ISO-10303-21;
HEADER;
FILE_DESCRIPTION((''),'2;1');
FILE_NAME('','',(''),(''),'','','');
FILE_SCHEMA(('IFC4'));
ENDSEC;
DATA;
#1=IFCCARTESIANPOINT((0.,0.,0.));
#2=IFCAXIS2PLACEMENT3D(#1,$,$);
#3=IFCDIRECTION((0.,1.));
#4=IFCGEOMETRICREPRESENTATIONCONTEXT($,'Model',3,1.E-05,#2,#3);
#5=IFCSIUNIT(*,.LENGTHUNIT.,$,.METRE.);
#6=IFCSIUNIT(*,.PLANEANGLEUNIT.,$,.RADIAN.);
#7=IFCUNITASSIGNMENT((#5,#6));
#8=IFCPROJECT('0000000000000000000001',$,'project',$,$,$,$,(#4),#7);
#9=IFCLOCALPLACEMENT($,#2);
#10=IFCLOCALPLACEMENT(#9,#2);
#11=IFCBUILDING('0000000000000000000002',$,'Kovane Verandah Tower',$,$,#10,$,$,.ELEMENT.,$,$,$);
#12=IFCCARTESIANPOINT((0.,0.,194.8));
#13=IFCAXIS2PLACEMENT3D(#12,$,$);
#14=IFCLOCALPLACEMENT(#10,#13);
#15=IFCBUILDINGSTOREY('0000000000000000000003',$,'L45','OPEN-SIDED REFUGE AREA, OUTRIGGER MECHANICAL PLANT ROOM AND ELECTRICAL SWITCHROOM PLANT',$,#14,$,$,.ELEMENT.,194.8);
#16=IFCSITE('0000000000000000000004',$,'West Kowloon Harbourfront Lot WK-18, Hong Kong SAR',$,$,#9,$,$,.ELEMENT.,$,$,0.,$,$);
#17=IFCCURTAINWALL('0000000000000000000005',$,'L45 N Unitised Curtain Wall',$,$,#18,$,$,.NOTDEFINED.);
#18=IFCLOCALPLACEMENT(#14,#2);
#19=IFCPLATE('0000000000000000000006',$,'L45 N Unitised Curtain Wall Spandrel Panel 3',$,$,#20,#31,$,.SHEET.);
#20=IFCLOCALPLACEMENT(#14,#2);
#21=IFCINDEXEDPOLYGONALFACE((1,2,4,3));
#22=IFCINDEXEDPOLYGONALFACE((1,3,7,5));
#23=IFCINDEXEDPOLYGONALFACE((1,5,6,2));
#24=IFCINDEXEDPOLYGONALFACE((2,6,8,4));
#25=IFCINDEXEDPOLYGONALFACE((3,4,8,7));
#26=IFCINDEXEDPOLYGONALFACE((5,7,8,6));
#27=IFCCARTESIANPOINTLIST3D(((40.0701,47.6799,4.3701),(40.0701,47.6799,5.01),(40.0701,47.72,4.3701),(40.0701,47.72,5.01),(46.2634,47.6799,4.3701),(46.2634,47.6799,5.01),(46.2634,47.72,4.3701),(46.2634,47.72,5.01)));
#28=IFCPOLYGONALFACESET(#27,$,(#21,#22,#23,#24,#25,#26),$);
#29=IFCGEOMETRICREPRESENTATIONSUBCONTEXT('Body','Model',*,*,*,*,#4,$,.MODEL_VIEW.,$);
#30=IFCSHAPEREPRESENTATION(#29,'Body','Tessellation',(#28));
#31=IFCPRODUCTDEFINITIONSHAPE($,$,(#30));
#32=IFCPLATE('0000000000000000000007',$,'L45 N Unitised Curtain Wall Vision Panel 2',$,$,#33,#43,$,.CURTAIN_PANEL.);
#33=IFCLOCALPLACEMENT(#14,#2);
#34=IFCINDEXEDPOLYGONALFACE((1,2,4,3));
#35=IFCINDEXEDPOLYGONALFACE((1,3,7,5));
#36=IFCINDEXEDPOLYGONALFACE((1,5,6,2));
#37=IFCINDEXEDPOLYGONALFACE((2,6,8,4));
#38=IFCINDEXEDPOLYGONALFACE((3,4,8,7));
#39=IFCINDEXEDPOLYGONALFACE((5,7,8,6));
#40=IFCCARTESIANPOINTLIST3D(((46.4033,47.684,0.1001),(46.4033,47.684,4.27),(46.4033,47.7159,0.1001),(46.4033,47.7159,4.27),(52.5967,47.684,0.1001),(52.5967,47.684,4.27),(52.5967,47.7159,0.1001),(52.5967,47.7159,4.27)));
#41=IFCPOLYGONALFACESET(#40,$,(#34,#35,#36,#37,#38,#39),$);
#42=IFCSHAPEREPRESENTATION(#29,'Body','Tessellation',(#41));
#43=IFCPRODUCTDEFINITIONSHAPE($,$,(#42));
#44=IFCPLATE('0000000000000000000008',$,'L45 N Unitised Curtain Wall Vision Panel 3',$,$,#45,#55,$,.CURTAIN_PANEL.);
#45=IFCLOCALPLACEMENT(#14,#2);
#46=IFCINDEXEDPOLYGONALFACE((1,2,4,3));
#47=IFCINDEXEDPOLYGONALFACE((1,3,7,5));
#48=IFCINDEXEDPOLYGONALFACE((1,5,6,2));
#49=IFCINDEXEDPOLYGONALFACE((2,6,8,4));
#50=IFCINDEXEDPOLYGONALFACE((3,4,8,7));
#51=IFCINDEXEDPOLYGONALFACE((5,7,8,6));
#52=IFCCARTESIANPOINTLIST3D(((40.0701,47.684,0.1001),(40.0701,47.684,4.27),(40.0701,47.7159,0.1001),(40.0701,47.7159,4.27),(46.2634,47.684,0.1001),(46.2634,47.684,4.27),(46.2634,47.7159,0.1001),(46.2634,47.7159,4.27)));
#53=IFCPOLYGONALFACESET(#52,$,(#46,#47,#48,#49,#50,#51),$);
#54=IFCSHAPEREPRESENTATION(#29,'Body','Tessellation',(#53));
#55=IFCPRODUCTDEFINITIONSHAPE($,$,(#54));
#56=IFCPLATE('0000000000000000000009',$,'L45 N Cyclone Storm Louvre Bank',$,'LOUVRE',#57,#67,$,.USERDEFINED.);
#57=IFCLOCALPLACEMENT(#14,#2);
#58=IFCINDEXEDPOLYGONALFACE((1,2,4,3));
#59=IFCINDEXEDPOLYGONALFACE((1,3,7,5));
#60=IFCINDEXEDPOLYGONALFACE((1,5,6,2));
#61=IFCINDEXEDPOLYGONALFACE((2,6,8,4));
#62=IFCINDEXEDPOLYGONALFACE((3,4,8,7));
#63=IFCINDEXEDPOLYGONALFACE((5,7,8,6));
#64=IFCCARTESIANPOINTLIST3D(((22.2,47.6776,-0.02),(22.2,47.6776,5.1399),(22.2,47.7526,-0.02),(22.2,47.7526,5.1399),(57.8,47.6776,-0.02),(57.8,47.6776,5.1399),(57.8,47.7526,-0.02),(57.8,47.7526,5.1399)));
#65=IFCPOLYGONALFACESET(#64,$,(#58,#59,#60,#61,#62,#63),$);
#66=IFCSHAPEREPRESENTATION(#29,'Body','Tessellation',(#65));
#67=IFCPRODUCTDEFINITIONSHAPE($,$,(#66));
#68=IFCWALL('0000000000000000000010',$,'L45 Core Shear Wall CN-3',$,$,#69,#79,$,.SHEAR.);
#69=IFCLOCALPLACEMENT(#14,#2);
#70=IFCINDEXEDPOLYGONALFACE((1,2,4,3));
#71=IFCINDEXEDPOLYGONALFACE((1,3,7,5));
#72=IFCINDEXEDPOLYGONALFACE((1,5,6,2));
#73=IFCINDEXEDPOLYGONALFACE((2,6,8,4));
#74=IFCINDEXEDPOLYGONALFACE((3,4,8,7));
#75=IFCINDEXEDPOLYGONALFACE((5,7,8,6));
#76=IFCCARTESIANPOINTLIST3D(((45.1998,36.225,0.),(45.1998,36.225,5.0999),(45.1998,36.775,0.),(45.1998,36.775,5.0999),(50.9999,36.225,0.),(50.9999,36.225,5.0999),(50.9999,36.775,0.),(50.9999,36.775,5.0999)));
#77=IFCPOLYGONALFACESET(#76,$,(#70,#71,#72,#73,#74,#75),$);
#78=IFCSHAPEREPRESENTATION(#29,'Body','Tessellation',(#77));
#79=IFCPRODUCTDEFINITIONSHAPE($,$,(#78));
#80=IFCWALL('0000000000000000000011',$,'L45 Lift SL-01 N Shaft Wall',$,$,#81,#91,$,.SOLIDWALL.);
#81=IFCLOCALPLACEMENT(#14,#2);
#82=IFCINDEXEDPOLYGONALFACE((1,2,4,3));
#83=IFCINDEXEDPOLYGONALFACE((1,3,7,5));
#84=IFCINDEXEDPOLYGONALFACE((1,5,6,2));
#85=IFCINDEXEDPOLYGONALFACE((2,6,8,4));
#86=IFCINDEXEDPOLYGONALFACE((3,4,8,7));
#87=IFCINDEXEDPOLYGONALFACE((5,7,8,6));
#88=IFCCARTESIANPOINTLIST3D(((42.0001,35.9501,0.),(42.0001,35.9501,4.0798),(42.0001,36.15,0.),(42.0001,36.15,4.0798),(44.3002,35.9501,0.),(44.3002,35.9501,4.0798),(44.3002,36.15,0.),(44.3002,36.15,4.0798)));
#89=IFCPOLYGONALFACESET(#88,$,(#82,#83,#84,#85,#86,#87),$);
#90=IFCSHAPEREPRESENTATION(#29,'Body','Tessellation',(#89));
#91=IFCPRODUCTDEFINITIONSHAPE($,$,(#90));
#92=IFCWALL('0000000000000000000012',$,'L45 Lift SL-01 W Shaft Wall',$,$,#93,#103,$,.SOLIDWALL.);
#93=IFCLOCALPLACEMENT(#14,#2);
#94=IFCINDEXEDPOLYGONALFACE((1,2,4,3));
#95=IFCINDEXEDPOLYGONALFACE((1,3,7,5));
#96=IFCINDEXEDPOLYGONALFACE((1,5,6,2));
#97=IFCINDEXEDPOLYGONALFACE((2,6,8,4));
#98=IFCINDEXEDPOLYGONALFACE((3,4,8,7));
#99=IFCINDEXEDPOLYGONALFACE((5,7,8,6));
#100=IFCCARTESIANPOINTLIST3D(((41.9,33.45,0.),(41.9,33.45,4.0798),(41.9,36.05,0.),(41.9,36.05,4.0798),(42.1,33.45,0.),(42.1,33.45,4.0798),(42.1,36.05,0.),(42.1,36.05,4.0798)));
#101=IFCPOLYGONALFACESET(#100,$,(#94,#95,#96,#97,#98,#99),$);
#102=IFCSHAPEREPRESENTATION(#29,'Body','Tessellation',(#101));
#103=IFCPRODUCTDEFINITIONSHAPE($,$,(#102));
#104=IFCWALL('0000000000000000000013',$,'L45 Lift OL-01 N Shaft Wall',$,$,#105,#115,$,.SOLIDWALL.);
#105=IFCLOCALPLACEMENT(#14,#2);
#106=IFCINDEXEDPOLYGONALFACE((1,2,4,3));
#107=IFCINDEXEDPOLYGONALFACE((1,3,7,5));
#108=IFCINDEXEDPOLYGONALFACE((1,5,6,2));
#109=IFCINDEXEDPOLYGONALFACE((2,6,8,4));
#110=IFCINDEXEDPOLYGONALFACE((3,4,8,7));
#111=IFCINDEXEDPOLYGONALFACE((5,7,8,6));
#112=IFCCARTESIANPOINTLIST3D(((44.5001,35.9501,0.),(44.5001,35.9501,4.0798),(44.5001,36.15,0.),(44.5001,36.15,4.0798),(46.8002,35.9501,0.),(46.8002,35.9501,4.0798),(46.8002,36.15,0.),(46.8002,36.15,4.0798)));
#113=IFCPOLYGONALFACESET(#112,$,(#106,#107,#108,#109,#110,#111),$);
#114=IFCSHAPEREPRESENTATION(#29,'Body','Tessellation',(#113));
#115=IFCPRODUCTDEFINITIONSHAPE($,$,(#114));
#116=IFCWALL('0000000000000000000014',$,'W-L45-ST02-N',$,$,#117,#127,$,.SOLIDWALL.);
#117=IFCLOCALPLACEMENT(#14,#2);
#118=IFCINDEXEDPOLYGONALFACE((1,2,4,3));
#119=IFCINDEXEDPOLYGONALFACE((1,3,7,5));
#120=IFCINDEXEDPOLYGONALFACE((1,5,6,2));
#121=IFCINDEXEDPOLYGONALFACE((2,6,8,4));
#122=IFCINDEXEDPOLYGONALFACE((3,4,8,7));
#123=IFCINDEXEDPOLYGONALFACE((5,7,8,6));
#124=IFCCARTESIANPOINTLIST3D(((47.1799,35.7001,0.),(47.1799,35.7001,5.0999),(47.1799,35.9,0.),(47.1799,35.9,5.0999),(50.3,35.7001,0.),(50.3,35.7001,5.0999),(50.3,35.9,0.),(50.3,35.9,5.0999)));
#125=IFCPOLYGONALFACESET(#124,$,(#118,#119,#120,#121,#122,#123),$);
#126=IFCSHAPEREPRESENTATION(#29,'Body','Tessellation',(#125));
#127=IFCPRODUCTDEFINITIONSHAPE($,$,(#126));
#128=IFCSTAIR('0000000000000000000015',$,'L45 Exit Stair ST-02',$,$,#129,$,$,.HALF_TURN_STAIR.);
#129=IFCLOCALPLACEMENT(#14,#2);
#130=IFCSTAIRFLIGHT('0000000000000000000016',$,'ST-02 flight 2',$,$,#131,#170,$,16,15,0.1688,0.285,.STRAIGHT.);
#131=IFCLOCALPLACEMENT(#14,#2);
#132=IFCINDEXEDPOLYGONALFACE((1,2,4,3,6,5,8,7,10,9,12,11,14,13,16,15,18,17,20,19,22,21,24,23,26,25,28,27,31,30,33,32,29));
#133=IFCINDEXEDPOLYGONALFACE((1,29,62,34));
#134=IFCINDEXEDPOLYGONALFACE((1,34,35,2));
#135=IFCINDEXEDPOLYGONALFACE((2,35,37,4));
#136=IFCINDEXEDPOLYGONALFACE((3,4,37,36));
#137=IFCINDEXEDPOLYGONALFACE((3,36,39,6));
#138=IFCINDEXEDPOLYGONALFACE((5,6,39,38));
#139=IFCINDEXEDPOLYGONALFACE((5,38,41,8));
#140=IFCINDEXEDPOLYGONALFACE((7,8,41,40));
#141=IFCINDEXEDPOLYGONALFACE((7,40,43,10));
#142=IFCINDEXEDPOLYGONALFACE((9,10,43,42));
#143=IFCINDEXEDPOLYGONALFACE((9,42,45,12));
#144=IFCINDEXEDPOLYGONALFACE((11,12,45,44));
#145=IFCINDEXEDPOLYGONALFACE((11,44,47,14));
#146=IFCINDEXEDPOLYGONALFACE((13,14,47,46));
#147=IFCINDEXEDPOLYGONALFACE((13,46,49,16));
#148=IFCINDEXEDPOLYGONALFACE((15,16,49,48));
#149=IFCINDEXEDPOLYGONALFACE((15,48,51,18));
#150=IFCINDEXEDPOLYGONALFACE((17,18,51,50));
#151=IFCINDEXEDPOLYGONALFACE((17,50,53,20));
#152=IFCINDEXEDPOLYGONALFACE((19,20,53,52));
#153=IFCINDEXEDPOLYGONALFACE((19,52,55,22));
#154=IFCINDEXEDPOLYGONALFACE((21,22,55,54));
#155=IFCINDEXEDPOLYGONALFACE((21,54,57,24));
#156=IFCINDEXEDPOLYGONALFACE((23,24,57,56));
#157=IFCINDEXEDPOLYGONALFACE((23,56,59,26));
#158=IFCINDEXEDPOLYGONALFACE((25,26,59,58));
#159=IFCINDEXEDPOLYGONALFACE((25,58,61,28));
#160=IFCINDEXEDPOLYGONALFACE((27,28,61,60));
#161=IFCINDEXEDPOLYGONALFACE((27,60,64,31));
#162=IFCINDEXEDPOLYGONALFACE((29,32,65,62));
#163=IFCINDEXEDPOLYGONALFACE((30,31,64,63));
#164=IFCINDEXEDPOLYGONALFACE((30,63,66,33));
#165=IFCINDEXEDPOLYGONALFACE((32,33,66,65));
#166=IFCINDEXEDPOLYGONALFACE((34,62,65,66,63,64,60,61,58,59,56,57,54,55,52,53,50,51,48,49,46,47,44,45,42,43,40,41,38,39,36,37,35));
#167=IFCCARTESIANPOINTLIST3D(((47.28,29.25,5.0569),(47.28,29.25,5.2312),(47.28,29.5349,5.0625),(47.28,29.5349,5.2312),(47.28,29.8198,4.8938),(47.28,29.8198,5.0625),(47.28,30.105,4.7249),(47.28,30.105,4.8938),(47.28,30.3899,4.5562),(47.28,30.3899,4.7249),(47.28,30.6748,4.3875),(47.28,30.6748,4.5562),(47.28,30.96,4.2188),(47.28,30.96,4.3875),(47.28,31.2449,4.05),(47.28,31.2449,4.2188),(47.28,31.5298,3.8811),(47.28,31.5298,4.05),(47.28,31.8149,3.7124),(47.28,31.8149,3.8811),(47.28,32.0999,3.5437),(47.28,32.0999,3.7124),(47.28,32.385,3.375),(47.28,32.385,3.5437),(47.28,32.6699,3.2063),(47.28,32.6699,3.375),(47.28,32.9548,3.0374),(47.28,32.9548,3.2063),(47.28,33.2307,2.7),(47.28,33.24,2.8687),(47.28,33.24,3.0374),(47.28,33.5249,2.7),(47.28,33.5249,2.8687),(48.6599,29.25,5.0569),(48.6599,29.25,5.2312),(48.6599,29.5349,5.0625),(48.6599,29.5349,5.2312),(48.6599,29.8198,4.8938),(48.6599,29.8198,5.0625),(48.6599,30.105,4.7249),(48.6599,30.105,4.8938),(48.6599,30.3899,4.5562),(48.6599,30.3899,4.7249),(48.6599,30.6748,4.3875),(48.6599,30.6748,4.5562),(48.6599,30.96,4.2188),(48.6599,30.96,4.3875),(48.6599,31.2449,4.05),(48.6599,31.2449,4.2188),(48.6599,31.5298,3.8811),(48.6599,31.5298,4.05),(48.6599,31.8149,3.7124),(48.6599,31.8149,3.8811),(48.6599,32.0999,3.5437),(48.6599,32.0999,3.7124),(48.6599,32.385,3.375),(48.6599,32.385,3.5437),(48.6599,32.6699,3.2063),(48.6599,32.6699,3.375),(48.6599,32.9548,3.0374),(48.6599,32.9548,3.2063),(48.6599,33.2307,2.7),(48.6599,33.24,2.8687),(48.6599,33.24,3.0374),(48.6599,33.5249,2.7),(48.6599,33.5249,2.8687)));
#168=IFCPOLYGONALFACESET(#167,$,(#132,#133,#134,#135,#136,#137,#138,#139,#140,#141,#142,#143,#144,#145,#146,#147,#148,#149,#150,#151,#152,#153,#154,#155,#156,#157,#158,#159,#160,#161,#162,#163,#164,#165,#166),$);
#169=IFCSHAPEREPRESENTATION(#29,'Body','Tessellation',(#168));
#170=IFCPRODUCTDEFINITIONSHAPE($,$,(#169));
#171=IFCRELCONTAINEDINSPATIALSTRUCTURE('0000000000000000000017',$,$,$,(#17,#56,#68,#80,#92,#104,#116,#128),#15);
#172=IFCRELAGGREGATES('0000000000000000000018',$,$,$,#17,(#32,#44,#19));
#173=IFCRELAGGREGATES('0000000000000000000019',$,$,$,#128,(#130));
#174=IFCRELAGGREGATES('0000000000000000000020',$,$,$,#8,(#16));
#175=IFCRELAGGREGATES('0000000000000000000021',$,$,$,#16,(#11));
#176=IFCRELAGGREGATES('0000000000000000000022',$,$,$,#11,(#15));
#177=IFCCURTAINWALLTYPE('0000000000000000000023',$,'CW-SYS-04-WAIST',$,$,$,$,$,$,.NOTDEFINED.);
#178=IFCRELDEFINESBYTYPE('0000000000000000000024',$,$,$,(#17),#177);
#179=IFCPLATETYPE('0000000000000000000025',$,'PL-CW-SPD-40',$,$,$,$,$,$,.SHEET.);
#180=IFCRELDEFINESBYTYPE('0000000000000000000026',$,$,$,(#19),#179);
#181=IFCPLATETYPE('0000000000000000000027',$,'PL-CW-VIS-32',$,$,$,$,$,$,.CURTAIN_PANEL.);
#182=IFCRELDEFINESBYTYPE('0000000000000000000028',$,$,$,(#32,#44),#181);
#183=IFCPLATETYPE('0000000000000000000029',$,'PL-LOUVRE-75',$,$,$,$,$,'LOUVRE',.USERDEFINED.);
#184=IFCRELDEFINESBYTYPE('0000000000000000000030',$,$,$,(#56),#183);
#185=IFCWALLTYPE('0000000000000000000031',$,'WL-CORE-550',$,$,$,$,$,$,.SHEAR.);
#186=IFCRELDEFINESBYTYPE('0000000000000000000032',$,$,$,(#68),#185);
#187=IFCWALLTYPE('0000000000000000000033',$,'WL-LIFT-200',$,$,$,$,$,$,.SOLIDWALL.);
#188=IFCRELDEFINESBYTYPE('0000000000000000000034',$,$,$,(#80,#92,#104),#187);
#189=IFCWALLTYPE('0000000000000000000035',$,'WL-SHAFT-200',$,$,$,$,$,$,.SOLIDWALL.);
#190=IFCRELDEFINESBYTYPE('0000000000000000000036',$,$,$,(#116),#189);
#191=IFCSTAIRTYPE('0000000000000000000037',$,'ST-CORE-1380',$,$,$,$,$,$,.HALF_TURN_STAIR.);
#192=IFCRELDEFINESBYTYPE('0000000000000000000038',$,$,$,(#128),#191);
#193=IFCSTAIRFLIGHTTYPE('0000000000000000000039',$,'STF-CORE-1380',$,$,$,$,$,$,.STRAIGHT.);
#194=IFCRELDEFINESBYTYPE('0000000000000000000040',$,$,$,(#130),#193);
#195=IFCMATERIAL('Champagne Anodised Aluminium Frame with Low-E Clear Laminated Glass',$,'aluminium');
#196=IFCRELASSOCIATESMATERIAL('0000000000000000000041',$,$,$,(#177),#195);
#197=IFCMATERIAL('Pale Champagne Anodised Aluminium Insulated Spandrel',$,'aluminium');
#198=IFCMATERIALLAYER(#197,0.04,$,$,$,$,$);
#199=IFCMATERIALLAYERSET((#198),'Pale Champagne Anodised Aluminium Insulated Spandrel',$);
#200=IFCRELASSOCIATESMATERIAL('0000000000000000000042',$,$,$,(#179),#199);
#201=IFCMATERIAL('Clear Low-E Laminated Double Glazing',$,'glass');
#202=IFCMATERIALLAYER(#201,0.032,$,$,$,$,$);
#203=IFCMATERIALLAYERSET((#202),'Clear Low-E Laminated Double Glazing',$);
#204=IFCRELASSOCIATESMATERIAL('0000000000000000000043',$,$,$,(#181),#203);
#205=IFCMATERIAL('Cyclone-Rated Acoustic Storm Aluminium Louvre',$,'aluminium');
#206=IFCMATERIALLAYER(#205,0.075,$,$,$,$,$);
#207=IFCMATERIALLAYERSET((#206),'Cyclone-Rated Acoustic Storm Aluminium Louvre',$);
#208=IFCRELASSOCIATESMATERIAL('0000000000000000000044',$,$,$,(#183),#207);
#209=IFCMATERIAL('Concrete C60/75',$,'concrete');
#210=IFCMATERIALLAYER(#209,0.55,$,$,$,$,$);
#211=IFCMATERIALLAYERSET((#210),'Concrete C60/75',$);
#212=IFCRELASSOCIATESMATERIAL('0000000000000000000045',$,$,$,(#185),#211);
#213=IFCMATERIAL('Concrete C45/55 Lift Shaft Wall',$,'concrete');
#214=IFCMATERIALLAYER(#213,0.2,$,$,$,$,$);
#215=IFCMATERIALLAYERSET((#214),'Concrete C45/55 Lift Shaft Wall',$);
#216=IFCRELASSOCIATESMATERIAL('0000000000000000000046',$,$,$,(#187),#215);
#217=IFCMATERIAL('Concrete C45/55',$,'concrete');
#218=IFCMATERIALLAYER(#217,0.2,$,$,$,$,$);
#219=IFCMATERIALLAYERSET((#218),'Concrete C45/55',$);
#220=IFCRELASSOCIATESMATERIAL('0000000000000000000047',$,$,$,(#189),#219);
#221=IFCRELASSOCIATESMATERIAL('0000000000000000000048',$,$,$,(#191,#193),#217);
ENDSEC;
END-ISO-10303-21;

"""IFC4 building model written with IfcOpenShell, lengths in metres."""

from ifc_helpers import new_model, si_unit, direction, frame, frame_2d, origin, origin_2d, place, context, subcontext, project, spatial, polyline, rectangle, outline, extrude, material, layer, layer_set, type_object, element, aggregate, save


model = new_model("IFC4")

# Units and contexts
model_context = context("Model", 3, precision=1e-05, world=origin(), true_north=direction((0.0, 1.0)))
body_context = subcontext(model_context, "Body", "Model", "MODEL_VIEW")
ifc_project = project(units=[si_unit("LENGTHUNIT", "METRE"), si_unit("PLANEANGLEUNIT", "RADIAN")], contexts=[model_context])

# Site, building, storey
site_placement = place(None, origin())
site = spatial("IfcSite", under=ifc_project, at=site_placement, Name="West Kowloon Harbourfront Lot WK-18, Hong Kong SAR", CompositionType="ELEMENT", RefElevation=0.0)
building_placement = place(site_placement, origin())
building = spatial("IfcBuilding", under=site, at=building_placement, Name="Kovane Verandah Tower", CompositionType="ELEMENT")
storey_placement = place(building_placement, frame((0.0, 0.0, 194.8)))
storey = spatial("IfcBuildingStorey", under=building, at=storey_placement, Name="L45", Description="OPEN-SIDED REFUGE AREA, OUTRIGGER MECHANICAL PLANT ROOM AND ELECTRICAL SWITCHROOM PLANT", CompositionType="ELEMENT", Elevation=194.8)

# Shared definitions
ifc_material_1 = material(Name="Concrete C60/75", Category="concrete")

# Curtain wall, plates
ifc_material_2 = material(Name="Champagne Anodised Aluminium Frame with Low-E Clear Laminated Glass", Category="aluminium")
curtain_wall_type = type_object("IfcCurtainWallType", Name="CW-SYS-04-WAIST", PredefinedType="NOTDEFINED", material=ifc_material_2)
curtain_wall_placement = place(storey_placement, origin())
curtain_wall = element("IfcCurtainWall", 1, at=curtain_wall_placement, inside=storey, type_object=curtain_wall_type, Name="L45 N Unitised Curtain Wall", PredefinedType="NOTDEFINED")
ifc_material_3 = material(Name="Pale Champagne Anodised Aluminium Insulated Spandrel", Category="aluminium")
ifc_layer_1 = layer(ifc_material_3, 0.04)
ifc_layer_set_1 = layer_set([ifc_layer_1], Name="Pale Champagne Anodised Aluminium Insulated Spandrel")
plate_type_1 = type_object("IfcPlateType", Name="PL-CW-SPD-40", PredefinedType="SHEET", material=ifc_layer_set_1)
plate_1_placement = place(storey_placement, frame((43.1667, 47.7, 4.3701), z_axis=(0.0, 0.0, 1.0), x_axis=(-1.0, 0.0, 0.0)))
plate_1 = element("IfcPlate", 2, at=plate_1_placement, type_object=plate_type_1, Name="L45 N Unitised Curtain Wall Spandrel Panel 3", PredefinedType="SHEET", context=body_context, shape_type="SweptSolid", body=[
    extrude(rectangle(XDim=6.1934, YDim=0.04, at=origin_2d()), origin(), (0.0, 0.0, 1.0), 0.6399),
])
ifc_material_4 = material(Name="Clear Low-E Laminated Double Glazing", Category="glass")
ifc_layer_2 = layer(ifc_material_4, 0.032)
ifc_layer_set_2 = layer_set([ifc_layer_2], Name="Clear Low-E Laminated Double Glazing")
plate_type_2 = type_object("IfcPlateType", Name="PL-CW-VIS-32", PredefinedType="CURTAIN_PANEL", material=ifc_layer_set_2)
plate_2_placement = place(storey_placement, frame((49.5, 47.7, 0.1001), z_axis=(0.0, 0.0, 1.0), x_axis=(-1.0, 0.0, 0.0)))
plate_2 = element("IfcPlate", 3, at=plate_2_placement, type_object=plate_type_2, Name="L45 N Unitised Curtain Wall Vision Panel 2", PredefinedType="CURTAIN_PANEL", context=body_context, shape_type="SweptSolid", body=[
    extrude(rectangle(XDim=6.1934, YDim=0.032, at=origin_2d()), origin(), (0.0, 0.0, 1.0), 4.1699),
])
plate_3_placement = place(storey_placement, frame((43.1667, 47.7, 0.1001), z_axis=(0.0, 0.0, 1.0), x_axis=(-1.0, 0.0, 0.0)))
plate_3 = element("IfcPlate", 4, at=plate_3_placement, type_object=plate_type_2, Name="L45 N Unitised Curtain Wall Vision Panel 3", PredefinedType="CURTAIN_PANEL", context=body_context, shape_type="SweptSolid", body=[
    extrude(rectangle(XDim=6.1934, YDim=0.032, at=origin_2d()), origin(), (0.0, 0.0, 1.0), 4.1699),
])
aggregate(curtain_wall, [plate_2, plate_3, plate_1])

# Plate
ifc_material_5 = material(Name="Cyclone-Rated Acoustic Storm Aluminium Louvre", Category="aluminium")
ifc_layer_3 = layer(ifc_material_5, 0.075)
ifc_layer_set_3 = layer_set([ifc_layer_3], Name="Cyclone-Rated Acoustic Storm Aluminium Louvre")
plate_type_3 = type_object("IfcPlateType", Name="PL-LOUVRE-75", ElementType="LOUVRE", PredefinedType="USERDEFINED", material=ifc_layer_set_3)
plate_4_placement = place(storey_placement, frame((40.0, 47.7151, -0.02), z_axis=(0.0, 0.0, 1.0), x_axis=(-1.0, 0.0, 0.0)))
element("IfcPlate", 5, at=plate_4_placement, inside=storey, type_object=plate_type_3, Name="L45 N Cyclone Storm Louvre Bank", ObjectType="LOUVRE", PredefinedType="USERDEFINED", context=body_context, shape_type="SweptSolid", body=[
    extrude(rectangle(XDim=35.6001, YDim=0.075, at=origin_2d()), origin(), (0.0, 0.0, 1.0), 5.1599),
])

# Walls
ifc_layer_4 = layer(ifc_material_1, 0.55)
ifc_layer_set_4 = layer_set([ifc_layer_4], Name="Concrete C60/75")
wall_type_1 = type_object("IfcWallType", Name="WL-CORE-550", PredefinedType="SHEAR", material=ifc_layer_set_4)
wall_1_placement = place(storey_placement, frame((45.2, 36.5, 0.0), z_axis=(0.0, 0.0, 1.0), x_axis=(1.0, 0.0, 0.0)))
element("IfcWall", 6, at=wall_1_placement, inside=storey, type_object=wall_type_1, Name="L45 Core Shear Wall CN-3", PredefinedType="SHEAR", context=body_context, shape_type="SweptSolid", body=[
    extrude(rectangle(XDim=5.8, YDim=0.55, at=frame_2d((2.8999, 0.0))), origin(), (0.0, 0.0, 1.0), 5.0999),
])
ifc_material_6 = material(Name="Concrete C45/55 Lift Shaft Wall", Category="concrete")
ifc_layer_5 = layer(ifc_material_6, 0.2)
ifc_layer_set_5 = layer_set([ifc_layer_5], Name="Concrete C45/55 Lift Shaft Wall")
wall_type_2 = type_object("IfcWallType", Name="WL-LIFT-200", PredefinedType="SOLIDWALL", material=ifc_layer_set_5)
wall_2_placement = place(storey_placement, frame((44.3, 36.05, 0.0), z_axis=(0.0, 0.0, 1.0), x_axis=(-1.0, 0.0, 0.0)))
element("IfcWall", 7, at=wall_2_placement, inside=storey, type_object=wall_type_2, Name="L45 Lift SL-01 N Shaft Wall", PredefinedType="SOLIDWALL", context=body_context, shape_type="SweptSolid", body=[
    extrude(rectangle(XDim=2.3, YDim=0.2, at=frame_2d((1.1499, 0.0))), origin(), (0.0, 0.0, 1.0), 4.0798),
])
wall_3_placement = place(storey_placement, frame((42.0, 36.05, 0.0), z_axis=(0.0, 0.0, 1.0), x_axis=(0.0, -1.0, 0.0)))
element("IfcWall", 8, at=wall_3_placement, inside=storey, type_object=wall_type_2, Name="L45 Lift SL-01 W Shaft Wall", PredefinedType="SOLIDWALL", context=body_context, shape_type="SweptSolid", body=[
    extrude(rectangle(XDim=2.6001, YDim=0.2, at=frame_2d((1.3, 0.0))), origin(), (0.0, 0.0, 1.0), 4.0798),
])
wall_4_placement = place(storey_placement, frame((46.8, 36.05, 0.0), z_axis=(0.0, 0.0, 1.0), x_axis=(-1.0, 0.0, 0.0)))
element("IfcWall", 9, at=wall_4_placement, inside=storey, type_object=wall_type_2, Name="L45 Lift OL-01 N Shaft Wall", PredefinedType="SOLIDWALL", context=body_context, shape_type="SweptSolid", body=[
    extrude(rectangle(XDim=2.3, YDim=0.2, at=frame_2d((1.1499, 0.0))), origin(), (0.0, 0.0, 1.0), 4.0798),
])
ifc_material_7 = material(Name="Concrete C45/55", Category="concrete")
ifc_layer_6 = layer(ifc_material_7, 0.2)
ifc_layer_set_6 = layer_set([ifc_layer_6], Name="Concrete C45/55")
wall_type_3 = type_object("IfcWallType", Name="WL-SHAFT-200", PredefinedType="SOLIDWALL", material=ifc_layer_set_6)
wall_5_placement = place(storey_placement, frame((47.1799, 35.8, 0.0), z_axis=(0.0, 0.0, 1.0), x_axis=(1.0, 0.0, 0.0)))
element("IfcWall", 10, at=wall_5_placement, inside=storey, type_object=wall_type_3, Name="W-L45-ST02-N", PredefinedType="SOLIDWALL", context=body_context, shape_type="SweptSolid", body=[
    extrude(rectangle(XDim=3.1201, YDim=0.2, at=frame_2d((1.5601, 0.0))), origin(), (0.0, 0.0, 1.0), 5.0999),
])

# Stair, stair flight
stair_type = type_object("IfcStairType", Name="ST-CORE-1380", PredefinedType="HALF_TURN_STAIR", material=ifc_material_7)
stair_placement = place(storey_placement, origin())
stair = element("IfcStair", 11, at=stair_placement, inside=storey, type_object=stair_type, Name="L45 Exit Stair ST-02", PredefinedType="HALF_TURN_STAIR")
stair_flight_type = type_object("IfcStairFlightType", Name="STF-CORE-1380", PredefinedType="STRAIGHT", material=ifc_material_7)
stair_flight_placement = place(storey_placement, frame((47.97, 33.5249, 2.7), z_axis=(0.0, 0.0, 1.0), x_axis=(0.0, -1.0, 0.0)))
stair_flight = element("IfcStairFlight", 12, at=stair_flight_placement, type_object=stair_flight_type, Name="ST-02 flight 2", NumberOfRisers=16, NumberOfTreads=15, PredefinedType="STRAIGHT", RiserHeight=0.1688, TreadLength=0.285, context=body_context, shape_type="SweptSolid", body=[
    extrude(outline(polyline([(0.0, 0.0), (0.0, 0.1687), (0.2849, 0.1687), (0.2849, 0.3374), (0.5701, 0.3374), (0.5701, 0.5063), (0.855, 0.5063), (0.855, 0.675), (1.1399, 0.675), (1.1399, 0.8438), (1.425, 0.8438), (1.425, 1.0125), (1.71, 1.0125), (1.71, 1.1812), (1.9951, 1.1812), (1.9951, 1.3501), (2.28, 1.3501), (2.28, 1.5188), (2.5649, 1.5188), (2.5649, 1.6875), (2.8501, 1.6875), (2.8501, 1.8562), (3.135, 1.8562), (3.135, 2.0249), (3.4199, 2.0249), (3.4199, 2.1938), (3.7051, 2.1938), (3.7051, 2.3625), (3.99, 2.3625), (3.99, 2.5312), (4.2749, 2.5312), (4.2749, 2.7), (4.2749, 2.3569), (0.2942, 0.0), (0.0, 0.0)])), frame((0.0, 0.6899, 0.0), z_axis=(0.0, -1.0, 0.0), x_axis=(1.0, 0.0, 0.0)), (0.0, 0.0, 1.0), 1.3799),
])
aggregate(stair, [stair_flight])

save(model, "model.ifc")
